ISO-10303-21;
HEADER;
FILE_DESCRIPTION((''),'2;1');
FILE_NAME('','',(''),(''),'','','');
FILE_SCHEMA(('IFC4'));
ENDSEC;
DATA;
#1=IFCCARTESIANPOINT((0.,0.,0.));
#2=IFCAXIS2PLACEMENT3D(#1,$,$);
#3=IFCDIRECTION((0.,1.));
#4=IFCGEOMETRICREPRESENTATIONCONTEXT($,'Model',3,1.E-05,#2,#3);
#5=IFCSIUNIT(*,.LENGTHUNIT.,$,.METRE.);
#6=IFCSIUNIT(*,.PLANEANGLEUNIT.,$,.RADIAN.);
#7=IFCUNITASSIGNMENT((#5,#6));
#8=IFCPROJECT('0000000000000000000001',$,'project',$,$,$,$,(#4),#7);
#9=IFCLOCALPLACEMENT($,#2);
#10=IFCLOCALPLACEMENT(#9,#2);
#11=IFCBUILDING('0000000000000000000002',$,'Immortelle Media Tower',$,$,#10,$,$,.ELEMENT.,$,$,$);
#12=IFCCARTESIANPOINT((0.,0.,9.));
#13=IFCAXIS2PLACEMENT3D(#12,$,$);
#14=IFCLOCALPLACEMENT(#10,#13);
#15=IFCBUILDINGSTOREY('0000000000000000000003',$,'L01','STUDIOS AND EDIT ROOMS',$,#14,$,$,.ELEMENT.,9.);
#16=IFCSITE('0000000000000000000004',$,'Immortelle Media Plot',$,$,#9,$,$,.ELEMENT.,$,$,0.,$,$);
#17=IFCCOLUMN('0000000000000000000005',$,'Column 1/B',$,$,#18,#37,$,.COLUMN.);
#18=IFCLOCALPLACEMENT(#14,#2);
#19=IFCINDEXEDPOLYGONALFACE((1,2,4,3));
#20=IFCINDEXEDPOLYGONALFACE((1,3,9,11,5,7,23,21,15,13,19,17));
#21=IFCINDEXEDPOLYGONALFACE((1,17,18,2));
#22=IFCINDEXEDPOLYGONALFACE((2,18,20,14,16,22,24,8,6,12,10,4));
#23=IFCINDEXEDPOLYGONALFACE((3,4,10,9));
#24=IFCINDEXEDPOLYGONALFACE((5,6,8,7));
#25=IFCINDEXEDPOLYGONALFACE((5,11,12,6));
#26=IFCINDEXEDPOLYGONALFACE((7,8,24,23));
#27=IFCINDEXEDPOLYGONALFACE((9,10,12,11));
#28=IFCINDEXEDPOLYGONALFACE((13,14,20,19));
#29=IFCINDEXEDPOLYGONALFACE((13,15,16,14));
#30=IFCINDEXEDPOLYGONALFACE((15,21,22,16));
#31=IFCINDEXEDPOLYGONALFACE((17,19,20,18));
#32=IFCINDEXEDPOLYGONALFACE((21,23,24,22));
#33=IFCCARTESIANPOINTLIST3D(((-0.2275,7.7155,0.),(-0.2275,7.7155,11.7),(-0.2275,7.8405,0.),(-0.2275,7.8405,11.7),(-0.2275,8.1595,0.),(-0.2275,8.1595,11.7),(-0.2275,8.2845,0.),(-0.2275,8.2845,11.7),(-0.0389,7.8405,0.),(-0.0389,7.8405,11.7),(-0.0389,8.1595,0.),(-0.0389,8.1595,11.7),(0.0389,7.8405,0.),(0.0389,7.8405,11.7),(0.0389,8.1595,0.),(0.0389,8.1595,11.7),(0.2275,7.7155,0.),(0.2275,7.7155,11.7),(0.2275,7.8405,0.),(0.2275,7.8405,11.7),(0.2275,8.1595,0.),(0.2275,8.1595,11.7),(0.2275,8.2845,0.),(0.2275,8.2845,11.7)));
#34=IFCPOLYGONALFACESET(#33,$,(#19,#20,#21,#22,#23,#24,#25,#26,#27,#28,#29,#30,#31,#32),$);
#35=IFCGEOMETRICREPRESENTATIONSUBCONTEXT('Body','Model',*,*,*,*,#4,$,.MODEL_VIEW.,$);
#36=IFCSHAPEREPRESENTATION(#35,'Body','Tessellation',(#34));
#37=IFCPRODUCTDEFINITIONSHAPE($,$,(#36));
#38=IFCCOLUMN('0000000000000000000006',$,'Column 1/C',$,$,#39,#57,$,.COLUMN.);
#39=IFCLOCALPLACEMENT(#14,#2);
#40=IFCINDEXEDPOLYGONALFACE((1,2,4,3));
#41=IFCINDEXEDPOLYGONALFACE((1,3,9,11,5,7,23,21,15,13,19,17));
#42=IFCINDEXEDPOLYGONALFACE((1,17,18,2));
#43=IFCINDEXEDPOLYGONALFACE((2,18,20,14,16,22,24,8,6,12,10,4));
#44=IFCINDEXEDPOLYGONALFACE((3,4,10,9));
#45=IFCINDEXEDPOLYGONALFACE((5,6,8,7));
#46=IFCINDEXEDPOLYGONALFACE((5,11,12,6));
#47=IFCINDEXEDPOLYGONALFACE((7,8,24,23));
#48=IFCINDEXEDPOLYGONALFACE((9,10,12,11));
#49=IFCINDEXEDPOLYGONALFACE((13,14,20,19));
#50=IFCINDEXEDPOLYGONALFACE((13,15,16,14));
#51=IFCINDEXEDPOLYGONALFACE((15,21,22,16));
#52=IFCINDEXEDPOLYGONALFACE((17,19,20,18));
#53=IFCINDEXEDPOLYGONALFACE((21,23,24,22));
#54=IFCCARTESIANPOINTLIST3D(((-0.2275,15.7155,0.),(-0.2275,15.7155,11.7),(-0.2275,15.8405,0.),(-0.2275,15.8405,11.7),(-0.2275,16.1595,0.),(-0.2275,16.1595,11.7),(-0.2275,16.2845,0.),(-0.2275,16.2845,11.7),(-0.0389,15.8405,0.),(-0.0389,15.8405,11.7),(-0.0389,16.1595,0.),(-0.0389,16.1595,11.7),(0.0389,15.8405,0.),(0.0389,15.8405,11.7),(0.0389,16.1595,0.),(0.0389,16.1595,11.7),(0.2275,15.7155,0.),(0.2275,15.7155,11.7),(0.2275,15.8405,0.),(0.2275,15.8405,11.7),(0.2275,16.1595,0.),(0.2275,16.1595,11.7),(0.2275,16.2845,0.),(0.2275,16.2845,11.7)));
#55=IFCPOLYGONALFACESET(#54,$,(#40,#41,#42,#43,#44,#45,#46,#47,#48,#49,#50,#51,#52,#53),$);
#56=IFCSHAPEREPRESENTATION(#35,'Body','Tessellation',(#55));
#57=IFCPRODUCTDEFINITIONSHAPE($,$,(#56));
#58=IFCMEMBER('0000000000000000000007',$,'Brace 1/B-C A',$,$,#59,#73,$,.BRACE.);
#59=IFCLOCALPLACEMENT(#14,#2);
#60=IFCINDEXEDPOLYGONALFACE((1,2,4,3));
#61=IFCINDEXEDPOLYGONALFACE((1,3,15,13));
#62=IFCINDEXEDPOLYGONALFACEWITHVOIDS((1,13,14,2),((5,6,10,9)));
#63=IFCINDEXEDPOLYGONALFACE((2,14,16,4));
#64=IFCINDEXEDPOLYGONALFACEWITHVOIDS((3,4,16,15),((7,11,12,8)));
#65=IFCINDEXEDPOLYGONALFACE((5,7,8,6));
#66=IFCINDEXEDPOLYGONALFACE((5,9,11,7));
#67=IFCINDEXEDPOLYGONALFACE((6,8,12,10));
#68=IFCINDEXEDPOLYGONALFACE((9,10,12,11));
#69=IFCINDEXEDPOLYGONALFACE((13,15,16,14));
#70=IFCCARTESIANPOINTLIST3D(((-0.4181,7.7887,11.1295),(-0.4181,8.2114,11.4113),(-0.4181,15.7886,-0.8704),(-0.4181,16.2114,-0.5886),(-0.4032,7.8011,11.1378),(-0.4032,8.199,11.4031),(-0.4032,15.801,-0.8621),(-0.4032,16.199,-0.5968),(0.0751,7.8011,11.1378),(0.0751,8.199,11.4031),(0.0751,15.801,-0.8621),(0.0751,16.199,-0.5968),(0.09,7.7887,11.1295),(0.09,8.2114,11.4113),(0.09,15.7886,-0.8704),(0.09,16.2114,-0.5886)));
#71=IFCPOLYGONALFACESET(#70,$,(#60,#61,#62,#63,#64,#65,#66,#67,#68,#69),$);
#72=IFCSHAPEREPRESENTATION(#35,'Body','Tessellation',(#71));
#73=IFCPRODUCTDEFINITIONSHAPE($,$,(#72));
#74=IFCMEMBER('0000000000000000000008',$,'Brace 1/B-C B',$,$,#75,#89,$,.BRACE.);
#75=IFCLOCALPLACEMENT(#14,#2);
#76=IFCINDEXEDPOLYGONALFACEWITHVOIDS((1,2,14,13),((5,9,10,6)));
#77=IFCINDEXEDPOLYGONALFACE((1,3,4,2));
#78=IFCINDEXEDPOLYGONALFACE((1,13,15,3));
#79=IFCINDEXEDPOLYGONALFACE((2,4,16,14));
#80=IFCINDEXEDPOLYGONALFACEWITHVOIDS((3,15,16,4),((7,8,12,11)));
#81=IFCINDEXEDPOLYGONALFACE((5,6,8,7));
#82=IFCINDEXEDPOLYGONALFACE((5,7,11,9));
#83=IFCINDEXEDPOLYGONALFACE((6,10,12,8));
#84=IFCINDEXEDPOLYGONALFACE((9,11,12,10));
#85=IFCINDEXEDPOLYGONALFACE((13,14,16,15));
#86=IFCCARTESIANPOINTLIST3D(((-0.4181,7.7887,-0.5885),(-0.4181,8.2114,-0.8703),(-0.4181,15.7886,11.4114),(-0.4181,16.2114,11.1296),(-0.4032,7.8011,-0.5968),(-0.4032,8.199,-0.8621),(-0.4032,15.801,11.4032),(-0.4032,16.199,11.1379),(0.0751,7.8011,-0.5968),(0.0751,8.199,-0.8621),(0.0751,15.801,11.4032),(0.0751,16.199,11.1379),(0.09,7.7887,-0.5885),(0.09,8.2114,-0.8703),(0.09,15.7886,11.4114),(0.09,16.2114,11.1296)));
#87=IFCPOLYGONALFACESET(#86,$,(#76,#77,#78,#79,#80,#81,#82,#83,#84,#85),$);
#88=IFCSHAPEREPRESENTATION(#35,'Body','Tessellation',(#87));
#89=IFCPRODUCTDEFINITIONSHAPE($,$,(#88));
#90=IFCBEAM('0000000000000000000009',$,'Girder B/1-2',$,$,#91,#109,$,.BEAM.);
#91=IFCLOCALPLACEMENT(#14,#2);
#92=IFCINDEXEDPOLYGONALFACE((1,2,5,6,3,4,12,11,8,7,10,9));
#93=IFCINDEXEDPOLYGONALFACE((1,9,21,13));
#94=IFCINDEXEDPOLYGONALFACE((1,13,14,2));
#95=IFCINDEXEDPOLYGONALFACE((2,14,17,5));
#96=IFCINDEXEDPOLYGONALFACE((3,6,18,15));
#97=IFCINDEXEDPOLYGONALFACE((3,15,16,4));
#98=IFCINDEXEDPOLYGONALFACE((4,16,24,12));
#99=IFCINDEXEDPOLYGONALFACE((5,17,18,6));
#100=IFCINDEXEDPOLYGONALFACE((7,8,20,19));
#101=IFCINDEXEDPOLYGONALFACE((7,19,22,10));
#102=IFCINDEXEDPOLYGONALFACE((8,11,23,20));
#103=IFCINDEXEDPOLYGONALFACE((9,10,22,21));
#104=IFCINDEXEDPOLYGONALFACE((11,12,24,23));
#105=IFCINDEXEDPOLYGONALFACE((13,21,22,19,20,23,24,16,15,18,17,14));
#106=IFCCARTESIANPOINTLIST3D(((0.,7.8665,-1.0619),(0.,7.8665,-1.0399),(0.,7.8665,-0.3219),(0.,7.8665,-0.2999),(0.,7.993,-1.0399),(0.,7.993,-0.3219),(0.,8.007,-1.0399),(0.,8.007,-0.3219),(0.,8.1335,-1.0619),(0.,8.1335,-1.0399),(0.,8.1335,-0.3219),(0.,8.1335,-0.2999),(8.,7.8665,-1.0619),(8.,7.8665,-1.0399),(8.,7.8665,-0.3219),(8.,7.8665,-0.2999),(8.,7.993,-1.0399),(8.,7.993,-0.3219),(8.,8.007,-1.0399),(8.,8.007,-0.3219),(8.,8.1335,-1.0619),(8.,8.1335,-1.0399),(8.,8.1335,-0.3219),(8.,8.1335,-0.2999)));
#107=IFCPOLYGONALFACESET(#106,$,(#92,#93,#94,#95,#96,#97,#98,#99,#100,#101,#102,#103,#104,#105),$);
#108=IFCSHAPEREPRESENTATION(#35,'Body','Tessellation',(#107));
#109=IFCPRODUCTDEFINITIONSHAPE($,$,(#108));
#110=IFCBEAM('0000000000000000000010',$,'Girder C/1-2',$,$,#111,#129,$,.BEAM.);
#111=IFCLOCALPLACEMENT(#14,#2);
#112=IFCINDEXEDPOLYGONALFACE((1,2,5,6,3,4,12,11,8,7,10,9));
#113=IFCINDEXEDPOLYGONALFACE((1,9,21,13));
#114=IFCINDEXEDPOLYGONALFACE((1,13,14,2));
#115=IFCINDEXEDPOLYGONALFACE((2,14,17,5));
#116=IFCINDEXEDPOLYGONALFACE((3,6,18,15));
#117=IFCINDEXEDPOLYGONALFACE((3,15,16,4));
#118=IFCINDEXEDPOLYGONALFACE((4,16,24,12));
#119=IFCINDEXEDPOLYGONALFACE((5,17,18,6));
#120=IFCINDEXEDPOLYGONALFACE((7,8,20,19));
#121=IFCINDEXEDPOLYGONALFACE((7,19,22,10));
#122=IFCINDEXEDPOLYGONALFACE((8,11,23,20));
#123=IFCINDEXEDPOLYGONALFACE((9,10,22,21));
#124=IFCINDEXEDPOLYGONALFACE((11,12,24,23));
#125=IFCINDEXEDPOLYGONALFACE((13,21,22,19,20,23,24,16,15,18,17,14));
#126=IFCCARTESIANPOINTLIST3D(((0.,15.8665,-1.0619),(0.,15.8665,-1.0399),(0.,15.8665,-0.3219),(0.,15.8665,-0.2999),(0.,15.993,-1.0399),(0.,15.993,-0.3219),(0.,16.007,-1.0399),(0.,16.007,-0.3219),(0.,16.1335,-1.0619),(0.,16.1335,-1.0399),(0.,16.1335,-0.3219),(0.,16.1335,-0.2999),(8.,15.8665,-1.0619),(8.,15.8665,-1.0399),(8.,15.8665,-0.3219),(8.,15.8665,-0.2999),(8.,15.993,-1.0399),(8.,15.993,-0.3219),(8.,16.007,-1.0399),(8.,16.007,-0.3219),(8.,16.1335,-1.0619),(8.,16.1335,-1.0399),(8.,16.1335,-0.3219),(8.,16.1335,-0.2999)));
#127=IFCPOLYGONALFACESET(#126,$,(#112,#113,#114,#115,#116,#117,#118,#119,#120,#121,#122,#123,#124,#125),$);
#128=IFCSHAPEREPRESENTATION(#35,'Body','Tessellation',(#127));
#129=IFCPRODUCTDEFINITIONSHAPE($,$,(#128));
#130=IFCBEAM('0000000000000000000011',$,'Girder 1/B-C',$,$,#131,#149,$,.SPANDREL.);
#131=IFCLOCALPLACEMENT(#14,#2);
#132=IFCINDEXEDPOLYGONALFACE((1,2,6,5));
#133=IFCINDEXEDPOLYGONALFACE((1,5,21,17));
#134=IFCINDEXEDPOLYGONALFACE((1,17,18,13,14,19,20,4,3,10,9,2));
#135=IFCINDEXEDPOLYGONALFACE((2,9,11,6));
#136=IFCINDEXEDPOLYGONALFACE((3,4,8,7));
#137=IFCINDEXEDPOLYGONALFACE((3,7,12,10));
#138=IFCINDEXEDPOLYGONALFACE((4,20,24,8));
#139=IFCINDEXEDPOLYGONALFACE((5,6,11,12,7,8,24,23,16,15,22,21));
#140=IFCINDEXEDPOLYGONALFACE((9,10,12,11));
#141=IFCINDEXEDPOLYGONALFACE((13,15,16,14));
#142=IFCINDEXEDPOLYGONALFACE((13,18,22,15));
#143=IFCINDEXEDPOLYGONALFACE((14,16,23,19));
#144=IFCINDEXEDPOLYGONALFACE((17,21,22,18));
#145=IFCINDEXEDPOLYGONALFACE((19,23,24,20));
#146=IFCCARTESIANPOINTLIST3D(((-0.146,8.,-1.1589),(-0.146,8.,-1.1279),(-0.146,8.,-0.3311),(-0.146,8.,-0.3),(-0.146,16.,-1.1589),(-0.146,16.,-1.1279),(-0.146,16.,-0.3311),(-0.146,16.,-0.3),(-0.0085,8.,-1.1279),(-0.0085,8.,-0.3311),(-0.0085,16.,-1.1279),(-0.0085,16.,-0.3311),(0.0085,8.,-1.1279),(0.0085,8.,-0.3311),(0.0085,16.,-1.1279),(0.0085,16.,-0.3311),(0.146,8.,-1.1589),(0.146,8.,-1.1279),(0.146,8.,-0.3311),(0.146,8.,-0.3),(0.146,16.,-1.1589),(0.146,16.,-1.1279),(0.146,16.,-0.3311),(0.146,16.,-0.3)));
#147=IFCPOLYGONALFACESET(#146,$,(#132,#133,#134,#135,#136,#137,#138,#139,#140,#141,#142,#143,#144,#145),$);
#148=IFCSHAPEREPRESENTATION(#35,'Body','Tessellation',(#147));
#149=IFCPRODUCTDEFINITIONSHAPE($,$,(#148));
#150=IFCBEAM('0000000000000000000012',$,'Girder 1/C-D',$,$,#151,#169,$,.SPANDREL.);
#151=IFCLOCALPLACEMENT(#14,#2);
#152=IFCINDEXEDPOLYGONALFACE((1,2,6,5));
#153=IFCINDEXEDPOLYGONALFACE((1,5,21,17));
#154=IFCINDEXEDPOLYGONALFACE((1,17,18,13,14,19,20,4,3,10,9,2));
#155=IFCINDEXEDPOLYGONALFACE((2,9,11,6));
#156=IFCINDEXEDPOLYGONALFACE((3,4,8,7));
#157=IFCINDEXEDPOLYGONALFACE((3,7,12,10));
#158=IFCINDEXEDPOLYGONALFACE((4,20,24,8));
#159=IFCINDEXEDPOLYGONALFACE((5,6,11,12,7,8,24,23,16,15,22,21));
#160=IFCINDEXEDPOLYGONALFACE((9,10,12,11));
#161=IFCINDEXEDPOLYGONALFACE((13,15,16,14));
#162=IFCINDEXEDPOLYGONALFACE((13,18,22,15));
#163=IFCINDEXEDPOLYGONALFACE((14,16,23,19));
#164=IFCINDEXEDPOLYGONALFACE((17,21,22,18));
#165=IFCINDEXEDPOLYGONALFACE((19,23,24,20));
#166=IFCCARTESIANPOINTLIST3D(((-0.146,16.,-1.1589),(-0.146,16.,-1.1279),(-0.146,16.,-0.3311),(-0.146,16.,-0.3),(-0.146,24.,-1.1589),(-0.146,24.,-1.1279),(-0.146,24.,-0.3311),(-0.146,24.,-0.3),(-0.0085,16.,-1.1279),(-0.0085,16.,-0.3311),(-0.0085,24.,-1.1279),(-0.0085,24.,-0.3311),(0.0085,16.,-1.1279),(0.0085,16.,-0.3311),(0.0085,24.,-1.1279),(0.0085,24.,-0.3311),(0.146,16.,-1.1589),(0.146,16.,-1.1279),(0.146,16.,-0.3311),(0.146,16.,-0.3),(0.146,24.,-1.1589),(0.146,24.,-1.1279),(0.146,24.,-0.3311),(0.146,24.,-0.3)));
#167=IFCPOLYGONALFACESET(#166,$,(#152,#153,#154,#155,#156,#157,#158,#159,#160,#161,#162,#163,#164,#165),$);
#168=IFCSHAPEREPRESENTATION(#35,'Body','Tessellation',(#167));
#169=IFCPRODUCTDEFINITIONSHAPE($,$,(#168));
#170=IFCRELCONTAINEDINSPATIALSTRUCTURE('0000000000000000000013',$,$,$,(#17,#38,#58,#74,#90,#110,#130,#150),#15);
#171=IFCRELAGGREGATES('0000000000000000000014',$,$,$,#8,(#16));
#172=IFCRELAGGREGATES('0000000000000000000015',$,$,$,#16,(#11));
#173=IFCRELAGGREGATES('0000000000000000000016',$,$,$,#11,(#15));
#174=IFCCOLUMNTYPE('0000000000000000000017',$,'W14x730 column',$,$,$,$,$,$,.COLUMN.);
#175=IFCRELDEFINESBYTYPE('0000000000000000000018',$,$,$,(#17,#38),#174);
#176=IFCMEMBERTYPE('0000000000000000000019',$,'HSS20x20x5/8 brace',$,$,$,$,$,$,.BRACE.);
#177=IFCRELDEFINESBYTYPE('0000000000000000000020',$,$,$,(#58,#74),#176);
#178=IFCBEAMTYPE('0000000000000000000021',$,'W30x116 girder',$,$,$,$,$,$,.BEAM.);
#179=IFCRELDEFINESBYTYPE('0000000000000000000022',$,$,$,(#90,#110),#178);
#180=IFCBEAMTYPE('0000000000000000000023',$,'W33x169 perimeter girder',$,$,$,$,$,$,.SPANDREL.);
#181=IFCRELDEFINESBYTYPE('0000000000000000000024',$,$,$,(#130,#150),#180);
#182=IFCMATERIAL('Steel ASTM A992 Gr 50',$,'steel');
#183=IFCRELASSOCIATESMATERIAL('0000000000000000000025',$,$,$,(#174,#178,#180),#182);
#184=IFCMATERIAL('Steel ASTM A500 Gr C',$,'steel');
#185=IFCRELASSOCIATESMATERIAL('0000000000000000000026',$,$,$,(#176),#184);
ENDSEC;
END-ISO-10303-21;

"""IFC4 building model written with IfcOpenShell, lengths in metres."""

from ifc_helpers import new_model, si_unit, direction, frame, origin, origin_2d, place, context, subcontext, project, spatial, hollow_rectangle, i_section, extrude, material, material_profile, profile_set, type_object, element, save


model = new_model("IFC4")

# Units and contexts
model_context = context("Model", 3, precision=1e-05, world=origin(), true_north=direction((0.0, 1.0)))
body_context = subcontext(model_context, "Body", "Model", "MODEL_VIEW")
ifc_project = project(units=[si_unit("LENGTHUNIT", "METRE"), si_unit("PLANEANGLEUNIT", "RADIAN")], contexts=[model_context])

# Site, building, storey
site_placement = place(None, origin())
site = spatial("IfcSite", under=ifc_project, at=site_placement, Name="Immortelle Media Plot", CompositionType="ELEMENT", RefElevation=0.0)
building_placement = place(site_placement, origin())
building = spatial("IfcBuilding", under=site, at=building_placement, Name="Immortelle Media Tower", CompositionType="ELEMENT")
storey_placement = place(building_placement, frame((0.0, 0.0, 9.0)))
storey = spatial("IfcBuildingStorey", under=building, at=storey_placement, Name="L01", Description="STUDIOS AND EDIT ROOMS", CompositionType="ELEMENT", Elevation=9.0)

# Columns
ifc_material_1 = material(Name="Steel ASTM A992 Gr 50", Category="steel")
ifc_material_profile_1 = material_profile(ifc_material_1, i_section(OverallWidth=0.4551, OverallDepth=0.5691, WebThickness=0.0779, FlangeThickness=0.125, at=origin_2d()), Name="W14x730")
ifc_profile_set_1 = profile_set([ifc_material_profile_1], Name="Steel ASTM A992 Gr 50")
column_type = type_object("IfcColumnType", Name="W14x730 column", PredefinedType="COLUMN", material=ifc_profile_set_1)
for number, where, z_axis, x_axis, name in (
    (1, (0.0, 8.0, 0.0), (0.0, 0.0, 1.0), (1.0, 0.0, 0.0), "Column 1/B"),
    (2, (0.0, 16.0, 0.0), (0.0, 0.0, 1.0), (1.0, 0.0, 0.0), "Column 1/C"),
):
    element("IfcColumn", number, at=place(storey_placement, frame(where, z_axis=z_axis, x_axis=x_axis)), inside=storey, type_object=column_type, Name=name, PredefinedType="COLUMN", context=body_context, shape_type="SweptSolid", body=[
        extrude(i_section(OverallWidth=0.4551, OverallDepth=0.5691, WebThickness=0.0779, FlangeThickness=0.125, at=origin_2d()), origin(), (0.0, 0.0, 1.0), 11.7),
    ])

# Members
ifc_material_2 = material(Name="Steel ASTM A500 Gr C", Category="steel")
ifc_material_profile_2 = material_profile(ifc_material_2, hollow_rectangle(XDim=0.5081, YDim=0.5081, WallThickness=0.0149, at=origin_2d()), Name="HSS20x20x5/8 brace")
ifc_profile_set_2 = profile_set([ifc_material_profile_2], Name="Steel ASTM A500 Gr C")
member_type = type_object("IfcMemberType", Name="HSS20x20x5/8 brace", PredefinedType="BRACE", material=ifc_profile_set_2)
for number, where, z_axis, x_axis, name in (
    (3, (-0.1641, 16.0, -0.7295), (0.0, -0.5547, 0.83205), (1.0, 0.0, 0.0), "Brace 1/B-C A"),
    (4, (-0.1641, 16.0, 11.2705), (0.0, -0.5547, -0.83205), (1.0, 0.0, 0.0), "Brace 1/B-C B"),
):
    element("IfcMember", number, at=place(storey_placement, frame(where, z_axis=z_axis, x_axis=x_axis)), inside=storey, type_object=member_type, Name=name, PredefinedType="BRACE", context=body_context, shape_type="SweptSolid", body=[
        extrude(hollow_rectangle(XDim=0.5081, YDim=0.5081, WallThickness=0.0149, at=origin_2d()), origin(), (0.0, 0.0, 1.0), 14.4221),
    ])

# Beams
ifc_material_profile_3 = material_profile(ifc_material_1, i_section(OverallWidth=0.2671, OverallDepth=0.762, WebThickness=0.0139, FlangeThickness=0.022, at=origin_2d()), Name="W30x116")
ifc_profile_set_3 = profile_set([ifc_material_profile_3], Name="Steel ASTM A992 Gr 50")
beam_type_1 = type_object("IfcBeamType", Name="W30x116 girder", PredefinedType="BEAM", material=ifc_profile_set_3)
for number, where, z_axis, x_axis, name in (
    (5, (0.0, 8.0, -0.6809), (1.0, 0.0, 0.0), (0.0, 1.0, 0.0), "Girder B/1-2"),
    (6, (0.0, 16.0, -0.6809), (1.0, 0.0, 0.0), (0.0, 1.0, 0.0), "Girder C/1-2"),
):
    element("IfcBeam", number, at=place(storey_placement, frame(where, z_axis=z_axis, x_axis=x_axis)), inside=storey, type_object=beam_type_1, Name=name, PredefinedType="BEAM", context=body_context, shape_type="SweptSolid", body=[
        extrude(i_section(OverallWidth=0.2671, OverallDepth=0.762, WebThickness=0.0139, FlangeThickness=0.022, at=origin_2d()), origin(), (0.0, 0.0, 1.0), 8.0),
    ])
ifc_material_profile_4 = material_profile(ifc_material_1, i_section(OverallWidth=0.292, OverallDepth=0.8589, WebThickness=0.0171, FlangeThickness=0.031, at=origin_2d()), Name="W33x169")
ifc_profile_set_4 = profile_set([ifc_material_profile_4], Name="Steel ASTM A992 Gr 50")
beam_type_2 = type_object("IfcBeamType", Name="W33x169 perimeter girder", PredefinedType="SPANDREL", material=ifc_profile_set_4)
for number, where, z_axis, x_axis, name in (
    (7, (0.0, 8.0, -0.7295), (0.0, 1.0, 0.0), (-1.0, 0.0, 0.0), "Girder 1/B-C"),
    (8, (0.0, 16.0, -0.7295), (0.0, 1.0, 0.0), (-1.0, 0.0, 0.0), "Girder 1/C-D"),
):
    element("IfcBeam", number, at=place(storey_placement, frame(where, z_axis=z_axis, x_axis=x_axis)), inside=storey, type_object=beam_type_2, Name=name, PredefinedType="SPANDREL", context=body_context, shape_type="SweptSolid", body=[
        extrude(i_section(OverallWidth=0.292, OverallDepth=0.8589, WebThickness=0.0171, FlangeThickness=0.031, at=origin_2d()), origin(), (0.0, 0.0, 1.0), 8.0),
    ])

save(model, "model.ifc")
